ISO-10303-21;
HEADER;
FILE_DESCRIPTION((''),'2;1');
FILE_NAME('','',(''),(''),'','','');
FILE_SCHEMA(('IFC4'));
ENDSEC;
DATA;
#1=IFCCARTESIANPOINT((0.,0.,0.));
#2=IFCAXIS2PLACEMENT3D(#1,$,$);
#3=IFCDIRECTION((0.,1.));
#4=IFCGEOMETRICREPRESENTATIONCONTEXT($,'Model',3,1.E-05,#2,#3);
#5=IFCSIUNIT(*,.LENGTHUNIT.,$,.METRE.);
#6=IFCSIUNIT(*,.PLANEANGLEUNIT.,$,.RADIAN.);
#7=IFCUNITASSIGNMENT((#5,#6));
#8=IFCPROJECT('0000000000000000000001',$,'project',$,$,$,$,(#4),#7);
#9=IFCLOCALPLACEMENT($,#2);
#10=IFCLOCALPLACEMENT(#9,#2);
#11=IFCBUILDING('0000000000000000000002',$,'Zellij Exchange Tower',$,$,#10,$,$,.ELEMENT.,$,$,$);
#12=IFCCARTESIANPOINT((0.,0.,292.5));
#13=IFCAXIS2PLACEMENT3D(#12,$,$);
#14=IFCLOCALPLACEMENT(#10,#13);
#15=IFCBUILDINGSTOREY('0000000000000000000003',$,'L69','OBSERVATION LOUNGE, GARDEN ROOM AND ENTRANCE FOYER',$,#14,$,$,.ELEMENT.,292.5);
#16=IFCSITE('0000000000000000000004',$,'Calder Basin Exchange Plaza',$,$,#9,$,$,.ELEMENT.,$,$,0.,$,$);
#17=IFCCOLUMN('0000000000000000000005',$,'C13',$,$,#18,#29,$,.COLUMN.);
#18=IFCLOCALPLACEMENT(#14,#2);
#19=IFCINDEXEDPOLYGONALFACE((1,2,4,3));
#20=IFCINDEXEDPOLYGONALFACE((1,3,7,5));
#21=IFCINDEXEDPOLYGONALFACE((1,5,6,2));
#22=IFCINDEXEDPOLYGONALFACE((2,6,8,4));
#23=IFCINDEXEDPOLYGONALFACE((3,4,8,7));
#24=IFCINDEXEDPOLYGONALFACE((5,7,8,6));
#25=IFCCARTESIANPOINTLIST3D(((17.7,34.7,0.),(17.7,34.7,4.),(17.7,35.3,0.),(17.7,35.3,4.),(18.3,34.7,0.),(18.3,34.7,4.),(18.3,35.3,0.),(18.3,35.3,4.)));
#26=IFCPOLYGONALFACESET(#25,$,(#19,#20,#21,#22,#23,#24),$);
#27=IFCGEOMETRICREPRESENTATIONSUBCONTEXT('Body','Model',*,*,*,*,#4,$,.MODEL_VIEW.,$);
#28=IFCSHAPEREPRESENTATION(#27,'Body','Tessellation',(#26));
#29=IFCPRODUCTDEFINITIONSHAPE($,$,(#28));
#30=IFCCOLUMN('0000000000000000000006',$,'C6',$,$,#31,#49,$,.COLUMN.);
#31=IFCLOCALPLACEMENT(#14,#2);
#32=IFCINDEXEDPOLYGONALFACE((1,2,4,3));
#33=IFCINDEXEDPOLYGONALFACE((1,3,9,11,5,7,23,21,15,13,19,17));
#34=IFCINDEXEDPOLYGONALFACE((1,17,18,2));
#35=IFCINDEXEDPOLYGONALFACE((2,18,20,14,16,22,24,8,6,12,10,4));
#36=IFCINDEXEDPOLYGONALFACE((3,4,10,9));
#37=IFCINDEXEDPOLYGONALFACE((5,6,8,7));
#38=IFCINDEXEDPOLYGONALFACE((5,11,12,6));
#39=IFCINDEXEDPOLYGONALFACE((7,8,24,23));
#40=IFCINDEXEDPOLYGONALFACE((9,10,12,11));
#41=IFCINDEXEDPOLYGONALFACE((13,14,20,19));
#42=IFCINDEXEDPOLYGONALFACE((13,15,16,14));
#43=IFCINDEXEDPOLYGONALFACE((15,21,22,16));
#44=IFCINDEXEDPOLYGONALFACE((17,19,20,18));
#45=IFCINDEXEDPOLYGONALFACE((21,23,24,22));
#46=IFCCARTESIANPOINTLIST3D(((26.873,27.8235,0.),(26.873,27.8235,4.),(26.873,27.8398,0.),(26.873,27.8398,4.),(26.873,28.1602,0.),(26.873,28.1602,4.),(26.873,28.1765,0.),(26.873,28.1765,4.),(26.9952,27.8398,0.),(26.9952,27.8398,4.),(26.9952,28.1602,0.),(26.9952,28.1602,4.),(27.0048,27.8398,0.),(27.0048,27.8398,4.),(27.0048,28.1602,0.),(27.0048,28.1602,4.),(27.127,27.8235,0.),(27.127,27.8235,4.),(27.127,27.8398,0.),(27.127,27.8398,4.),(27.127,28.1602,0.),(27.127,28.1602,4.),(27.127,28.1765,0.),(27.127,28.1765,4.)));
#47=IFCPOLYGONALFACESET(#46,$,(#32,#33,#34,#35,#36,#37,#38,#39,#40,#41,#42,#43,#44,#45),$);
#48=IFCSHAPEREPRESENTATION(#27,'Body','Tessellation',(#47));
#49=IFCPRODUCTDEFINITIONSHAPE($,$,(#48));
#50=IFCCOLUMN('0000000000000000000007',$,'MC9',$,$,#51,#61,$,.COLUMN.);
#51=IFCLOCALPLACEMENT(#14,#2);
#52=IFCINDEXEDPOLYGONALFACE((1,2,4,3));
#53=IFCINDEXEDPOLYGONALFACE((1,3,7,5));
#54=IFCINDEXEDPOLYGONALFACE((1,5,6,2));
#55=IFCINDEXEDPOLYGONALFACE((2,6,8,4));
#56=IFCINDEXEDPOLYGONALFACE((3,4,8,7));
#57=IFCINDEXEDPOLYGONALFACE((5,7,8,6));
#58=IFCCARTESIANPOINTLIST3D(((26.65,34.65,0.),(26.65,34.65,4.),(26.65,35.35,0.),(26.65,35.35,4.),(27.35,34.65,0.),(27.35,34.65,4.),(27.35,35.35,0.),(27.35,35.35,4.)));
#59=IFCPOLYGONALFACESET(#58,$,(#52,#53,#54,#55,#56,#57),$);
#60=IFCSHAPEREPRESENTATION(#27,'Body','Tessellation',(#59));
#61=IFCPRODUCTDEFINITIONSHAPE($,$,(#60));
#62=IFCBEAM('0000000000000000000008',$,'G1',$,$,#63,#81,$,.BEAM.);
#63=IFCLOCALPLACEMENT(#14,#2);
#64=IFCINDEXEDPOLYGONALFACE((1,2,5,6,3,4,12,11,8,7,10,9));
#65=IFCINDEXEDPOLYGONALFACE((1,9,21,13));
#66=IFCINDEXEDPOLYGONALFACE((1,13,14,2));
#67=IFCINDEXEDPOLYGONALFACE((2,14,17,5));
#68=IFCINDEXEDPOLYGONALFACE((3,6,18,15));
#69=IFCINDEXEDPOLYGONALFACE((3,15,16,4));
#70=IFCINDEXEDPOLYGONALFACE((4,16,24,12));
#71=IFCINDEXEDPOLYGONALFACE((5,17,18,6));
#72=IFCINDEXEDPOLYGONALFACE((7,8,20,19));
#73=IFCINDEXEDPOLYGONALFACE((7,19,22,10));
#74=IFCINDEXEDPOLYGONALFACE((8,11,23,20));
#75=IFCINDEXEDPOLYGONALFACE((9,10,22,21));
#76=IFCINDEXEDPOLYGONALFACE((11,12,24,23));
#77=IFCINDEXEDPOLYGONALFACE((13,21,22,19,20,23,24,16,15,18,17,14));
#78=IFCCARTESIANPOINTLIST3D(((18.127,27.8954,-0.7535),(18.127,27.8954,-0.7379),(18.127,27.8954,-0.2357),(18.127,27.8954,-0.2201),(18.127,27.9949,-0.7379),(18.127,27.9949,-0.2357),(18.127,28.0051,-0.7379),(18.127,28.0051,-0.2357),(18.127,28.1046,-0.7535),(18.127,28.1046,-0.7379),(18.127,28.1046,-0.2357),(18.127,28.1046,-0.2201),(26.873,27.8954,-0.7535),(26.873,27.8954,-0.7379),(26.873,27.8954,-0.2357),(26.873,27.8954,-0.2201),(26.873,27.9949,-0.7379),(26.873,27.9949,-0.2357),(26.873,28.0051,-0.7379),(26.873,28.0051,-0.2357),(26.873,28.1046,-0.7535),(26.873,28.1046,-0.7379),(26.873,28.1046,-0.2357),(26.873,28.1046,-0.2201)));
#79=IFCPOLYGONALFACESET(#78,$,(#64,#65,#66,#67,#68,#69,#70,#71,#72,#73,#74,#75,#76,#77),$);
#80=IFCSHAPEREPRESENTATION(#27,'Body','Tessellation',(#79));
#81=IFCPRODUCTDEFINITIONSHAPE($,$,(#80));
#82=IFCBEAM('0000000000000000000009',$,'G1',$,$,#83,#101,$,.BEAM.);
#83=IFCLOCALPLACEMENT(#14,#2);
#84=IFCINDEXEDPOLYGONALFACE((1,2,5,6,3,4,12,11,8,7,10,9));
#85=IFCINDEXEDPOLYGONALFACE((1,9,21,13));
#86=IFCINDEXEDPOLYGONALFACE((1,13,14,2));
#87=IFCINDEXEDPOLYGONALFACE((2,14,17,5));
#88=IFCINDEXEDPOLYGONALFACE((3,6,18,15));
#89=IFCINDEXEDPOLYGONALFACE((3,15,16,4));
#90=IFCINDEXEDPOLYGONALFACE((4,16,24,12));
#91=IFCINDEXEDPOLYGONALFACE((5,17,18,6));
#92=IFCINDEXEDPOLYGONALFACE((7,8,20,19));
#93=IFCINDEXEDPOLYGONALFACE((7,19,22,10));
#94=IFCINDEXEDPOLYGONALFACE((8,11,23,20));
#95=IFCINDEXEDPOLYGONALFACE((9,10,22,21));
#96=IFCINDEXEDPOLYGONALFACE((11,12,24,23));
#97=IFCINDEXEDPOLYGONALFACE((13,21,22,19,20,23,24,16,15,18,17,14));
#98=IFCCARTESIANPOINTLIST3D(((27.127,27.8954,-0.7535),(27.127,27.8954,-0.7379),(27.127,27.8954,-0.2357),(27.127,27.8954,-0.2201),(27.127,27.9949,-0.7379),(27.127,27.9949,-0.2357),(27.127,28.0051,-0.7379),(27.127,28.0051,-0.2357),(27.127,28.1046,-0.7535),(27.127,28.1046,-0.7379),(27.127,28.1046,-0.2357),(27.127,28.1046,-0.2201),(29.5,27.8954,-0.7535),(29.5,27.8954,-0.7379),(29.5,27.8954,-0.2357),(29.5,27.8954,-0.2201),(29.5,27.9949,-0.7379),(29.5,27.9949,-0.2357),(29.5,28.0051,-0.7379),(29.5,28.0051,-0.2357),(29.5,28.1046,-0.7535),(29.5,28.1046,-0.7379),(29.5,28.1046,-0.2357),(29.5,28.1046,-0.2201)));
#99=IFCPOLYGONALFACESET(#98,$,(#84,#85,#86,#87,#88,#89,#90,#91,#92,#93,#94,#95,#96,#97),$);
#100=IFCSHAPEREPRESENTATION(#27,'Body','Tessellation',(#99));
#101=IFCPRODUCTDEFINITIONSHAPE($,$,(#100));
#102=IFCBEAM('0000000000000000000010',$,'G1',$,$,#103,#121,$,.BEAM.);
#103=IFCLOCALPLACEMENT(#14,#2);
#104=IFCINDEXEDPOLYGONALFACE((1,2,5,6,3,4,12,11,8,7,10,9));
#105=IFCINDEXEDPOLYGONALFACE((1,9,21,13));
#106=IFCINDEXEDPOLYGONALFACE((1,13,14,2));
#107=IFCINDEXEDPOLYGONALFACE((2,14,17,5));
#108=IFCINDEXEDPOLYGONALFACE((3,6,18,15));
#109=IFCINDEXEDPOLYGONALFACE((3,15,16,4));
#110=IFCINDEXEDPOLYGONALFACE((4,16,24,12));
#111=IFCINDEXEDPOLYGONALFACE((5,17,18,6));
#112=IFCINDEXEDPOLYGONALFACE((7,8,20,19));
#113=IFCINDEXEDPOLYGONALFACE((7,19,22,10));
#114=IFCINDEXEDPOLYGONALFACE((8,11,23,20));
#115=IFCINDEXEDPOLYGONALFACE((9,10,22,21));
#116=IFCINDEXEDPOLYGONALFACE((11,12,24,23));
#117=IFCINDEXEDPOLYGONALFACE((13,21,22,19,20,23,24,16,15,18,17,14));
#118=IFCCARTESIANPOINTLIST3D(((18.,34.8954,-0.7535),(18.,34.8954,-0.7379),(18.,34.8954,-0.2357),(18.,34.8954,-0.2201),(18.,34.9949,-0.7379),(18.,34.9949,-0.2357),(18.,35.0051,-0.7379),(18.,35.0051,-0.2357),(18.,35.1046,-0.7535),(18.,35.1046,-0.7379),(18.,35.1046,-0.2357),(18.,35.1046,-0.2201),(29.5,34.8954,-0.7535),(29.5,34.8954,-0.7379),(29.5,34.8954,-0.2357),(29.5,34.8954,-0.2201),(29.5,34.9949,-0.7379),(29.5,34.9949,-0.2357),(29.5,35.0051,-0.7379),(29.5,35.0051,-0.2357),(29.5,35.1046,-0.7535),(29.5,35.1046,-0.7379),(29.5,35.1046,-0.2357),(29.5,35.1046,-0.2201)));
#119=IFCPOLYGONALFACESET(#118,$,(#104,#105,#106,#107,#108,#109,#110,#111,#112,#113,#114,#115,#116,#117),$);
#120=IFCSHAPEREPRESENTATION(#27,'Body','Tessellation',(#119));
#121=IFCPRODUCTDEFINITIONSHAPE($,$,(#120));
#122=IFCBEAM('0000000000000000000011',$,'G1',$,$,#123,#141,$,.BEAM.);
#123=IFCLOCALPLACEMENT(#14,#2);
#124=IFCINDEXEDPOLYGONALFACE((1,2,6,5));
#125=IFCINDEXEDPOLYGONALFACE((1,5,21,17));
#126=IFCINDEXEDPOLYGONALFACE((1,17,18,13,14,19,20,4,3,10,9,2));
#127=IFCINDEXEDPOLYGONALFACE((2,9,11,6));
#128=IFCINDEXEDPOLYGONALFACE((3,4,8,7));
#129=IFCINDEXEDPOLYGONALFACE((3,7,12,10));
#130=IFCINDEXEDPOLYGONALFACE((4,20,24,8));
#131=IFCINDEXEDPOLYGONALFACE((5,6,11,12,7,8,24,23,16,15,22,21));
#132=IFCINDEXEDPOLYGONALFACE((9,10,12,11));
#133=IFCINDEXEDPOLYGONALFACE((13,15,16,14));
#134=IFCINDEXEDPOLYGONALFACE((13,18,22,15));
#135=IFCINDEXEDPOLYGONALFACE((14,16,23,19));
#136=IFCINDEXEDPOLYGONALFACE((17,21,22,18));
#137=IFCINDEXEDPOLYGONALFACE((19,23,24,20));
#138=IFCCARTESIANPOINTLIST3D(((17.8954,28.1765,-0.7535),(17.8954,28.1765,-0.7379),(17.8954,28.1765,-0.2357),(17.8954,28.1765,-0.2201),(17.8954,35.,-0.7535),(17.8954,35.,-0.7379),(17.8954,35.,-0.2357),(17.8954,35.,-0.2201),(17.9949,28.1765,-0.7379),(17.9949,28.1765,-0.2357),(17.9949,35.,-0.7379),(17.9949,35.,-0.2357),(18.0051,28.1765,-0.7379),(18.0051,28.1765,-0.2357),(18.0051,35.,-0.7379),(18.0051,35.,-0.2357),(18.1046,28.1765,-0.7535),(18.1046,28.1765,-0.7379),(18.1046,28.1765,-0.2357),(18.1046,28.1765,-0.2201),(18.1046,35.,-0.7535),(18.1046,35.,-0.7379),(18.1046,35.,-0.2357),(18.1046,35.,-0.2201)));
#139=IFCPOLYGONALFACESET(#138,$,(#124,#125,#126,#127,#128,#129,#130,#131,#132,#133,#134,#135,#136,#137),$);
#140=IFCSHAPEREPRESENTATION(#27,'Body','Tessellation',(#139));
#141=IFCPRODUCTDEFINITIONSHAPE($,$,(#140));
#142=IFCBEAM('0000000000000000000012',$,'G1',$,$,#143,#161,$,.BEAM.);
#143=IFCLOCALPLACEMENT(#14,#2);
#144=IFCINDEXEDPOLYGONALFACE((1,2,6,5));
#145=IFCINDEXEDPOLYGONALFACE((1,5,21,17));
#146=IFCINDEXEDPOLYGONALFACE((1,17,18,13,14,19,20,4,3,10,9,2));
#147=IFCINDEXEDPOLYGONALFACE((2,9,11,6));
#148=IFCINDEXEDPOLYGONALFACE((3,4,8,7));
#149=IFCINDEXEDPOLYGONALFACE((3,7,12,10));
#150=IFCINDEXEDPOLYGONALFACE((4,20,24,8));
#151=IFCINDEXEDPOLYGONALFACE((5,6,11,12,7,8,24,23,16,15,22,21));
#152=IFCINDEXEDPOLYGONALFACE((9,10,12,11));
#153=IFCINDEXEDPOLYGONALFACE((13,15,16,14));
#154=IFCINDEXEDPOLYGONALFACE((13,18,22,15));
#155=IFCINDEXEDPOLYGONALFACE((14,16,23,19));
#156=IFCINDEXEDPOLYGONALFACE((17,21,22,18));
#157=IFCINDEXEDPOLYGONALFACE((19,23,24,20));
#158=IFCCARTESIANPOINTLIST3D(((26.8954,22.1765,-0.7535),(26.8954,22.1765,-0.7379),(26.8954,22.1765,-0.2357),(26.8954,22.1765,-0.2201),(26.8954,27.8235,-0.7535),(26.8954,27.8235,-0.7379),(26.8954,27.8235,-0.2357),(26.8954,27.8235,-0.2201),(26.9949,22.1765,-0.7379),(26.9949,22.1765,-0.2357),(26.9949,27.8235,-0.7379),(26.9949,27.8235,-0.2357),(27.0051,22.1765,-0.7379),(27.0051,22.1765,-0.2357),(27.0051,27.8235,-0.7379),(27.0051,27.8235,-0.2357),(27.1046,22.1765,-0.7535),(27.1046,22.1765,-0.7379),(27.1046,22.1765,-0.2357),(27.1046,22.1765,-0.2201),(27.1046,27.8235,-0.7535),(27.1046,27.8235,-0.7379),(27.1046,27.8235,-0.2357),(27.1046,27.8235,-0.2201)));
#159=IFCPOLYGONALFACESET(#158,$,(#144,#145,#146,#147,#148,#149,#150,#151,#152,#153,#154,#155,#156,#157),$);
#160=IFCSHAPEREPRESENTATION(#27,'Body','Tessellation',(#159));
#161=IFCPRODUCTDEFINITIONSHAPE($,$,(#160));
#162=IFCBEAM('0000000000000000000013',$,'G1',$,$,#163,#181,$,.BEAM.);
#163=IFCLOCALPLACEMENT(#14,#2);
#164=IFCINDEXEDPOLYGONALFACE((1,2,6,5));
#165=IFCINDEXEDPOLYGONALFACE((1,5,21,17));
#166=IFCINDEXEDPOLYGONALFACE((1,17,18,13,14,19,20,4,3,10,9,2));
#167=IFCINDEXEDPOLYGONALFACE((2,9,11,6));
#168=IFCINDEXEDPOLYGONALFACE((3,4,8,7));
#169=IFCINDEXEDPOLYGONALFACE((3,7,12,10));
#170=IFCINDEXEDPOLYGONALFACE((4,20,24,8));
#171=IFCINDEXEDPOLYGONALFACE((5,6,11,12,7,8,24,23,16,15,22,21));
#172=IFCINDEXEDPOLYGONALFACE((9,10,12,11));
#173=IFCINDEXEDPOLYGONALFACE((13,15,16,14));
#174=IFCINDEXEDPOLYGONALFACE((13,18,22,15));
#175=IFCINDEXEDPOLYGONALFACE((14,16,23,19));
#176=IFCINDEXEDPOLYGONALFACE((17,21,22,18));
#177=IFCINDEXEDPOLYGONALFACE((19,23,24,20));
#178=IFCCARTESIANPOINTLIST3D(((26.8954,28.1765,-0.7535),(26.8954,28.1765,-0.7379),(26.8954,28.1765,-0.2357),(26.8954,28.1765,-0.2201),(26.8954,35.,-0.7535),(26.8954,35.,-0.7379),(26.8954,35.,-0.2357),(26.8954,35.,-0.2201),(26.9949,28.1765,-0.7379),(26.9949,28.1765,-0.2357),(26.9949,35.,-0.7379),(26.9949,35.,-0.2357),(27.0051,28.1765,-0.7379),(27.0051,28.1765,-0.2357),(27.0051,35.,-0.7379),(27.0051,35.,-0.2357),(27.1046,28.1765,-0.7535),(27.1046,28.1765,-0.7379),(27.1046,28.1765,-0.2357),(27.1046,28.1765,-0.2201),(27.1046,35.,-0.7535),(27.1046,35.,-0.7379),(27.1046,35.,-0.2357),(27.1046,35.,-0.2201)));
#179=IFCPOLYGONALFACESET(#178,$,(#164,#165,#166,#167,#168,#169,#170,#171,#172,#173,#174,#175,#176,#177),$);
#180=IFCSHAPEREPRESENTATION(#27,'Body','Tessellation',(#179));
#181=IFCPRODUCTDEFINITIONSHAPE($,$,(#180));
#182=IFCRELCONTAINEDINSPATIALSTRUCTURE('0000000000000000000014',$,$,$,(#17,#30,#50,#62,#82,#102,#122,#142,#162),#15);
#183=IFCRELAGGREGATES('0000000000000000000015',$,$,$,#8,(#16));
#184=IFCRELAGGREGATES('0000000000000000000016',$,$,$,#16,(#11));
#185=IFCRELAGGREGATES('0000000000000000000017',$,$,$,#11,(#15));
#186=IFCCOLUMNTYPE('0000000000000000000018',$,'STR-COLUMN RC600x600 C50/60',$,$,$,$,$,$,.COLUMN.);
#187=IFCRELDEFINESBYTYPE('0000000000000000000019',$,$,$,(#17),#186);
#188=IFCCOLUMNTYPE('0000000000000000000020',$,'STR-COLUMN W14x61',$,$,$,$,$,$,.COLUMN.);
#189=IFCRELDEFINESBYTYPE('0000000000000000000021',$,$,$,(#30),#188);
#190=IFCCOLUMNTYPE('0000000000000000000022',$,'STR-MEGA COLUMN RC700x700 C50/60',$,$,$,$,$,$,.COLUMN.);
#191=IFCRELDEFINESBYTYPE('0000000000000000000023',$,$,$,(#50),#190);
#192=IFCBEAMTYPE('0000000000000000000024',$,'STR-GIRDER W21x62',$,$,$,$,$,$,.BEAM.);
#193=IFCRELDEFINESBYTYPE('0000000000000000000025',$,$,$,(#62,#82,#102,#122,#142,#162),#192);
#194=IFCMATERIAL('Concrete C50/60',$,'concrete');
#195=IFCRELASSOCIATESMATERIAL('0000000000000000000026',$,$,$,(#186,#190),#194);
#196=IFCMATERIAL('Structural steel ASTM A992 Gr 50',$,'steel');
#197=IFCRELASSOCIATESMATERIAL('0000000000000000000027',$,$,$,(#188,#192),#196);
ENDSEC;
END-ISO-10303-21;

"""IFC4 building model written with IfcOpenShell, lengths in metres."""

from ifc_helpers import new_model, si_unit, direction, frame, origin, origin_2d, place, context, subcontext, project, spatial, rectangle, i_section, extrude, material, material_profile, profile_set, type_object, element, save


model = new_model("IFC4")

# Units and contexts
model_context = context("Model", 3, precision=1e-05, world=origin(), true_north=direction((0.0, 1.0)))
body_context = subcontext(model_context, "Body", "Model", "MODEL_VIEW")
ifc_project = project(units=[si_unit("LENGTHUNIT", "METRE"), si_unit("PLANEANGLEUNIT", "RADIAN")], contexts=[model_context])

# Site, building, storey
site_placement = place(None, origin())
site = spatial("IfcSite", under=ifc_project, at=site_placement, Name="Calder Basin Exchange Plaza", CompositionType="ELEMENT", RefElevation=0.0)
building_placement = place(site_placement, origin())
building = spatial("IfcBuilding", under=site, at=building_placement, Name="Zellij Exchange Tower", CompositionType="ELEMENT")
storey_placement = place(building_placement, frame((0.0, 0.0, 292.5)))
storey = spatial("IfcBuildingStorey", under=building, at=storey_placement, Name="L69", Description="OBSERVATION LOUNGE, GARDEN ROOM AND ENTRANCE FOYER", CompositionType="ELEMENT", Elevation=292.5)

# Columns
ifc_material_1 = material(Name="Concrete C50/60", Category="concrete")
ifc_material_profile_1 = material_profile(ifc_material_1, rectangle(XDim=0.6001, YDim=0.6001, at=origin_2d()), Name="STR-COLUMN RC600x600 C50/60")
ifc_profile_set_1 = profile_set([ifc_material_profile_1], Name="Concrete C50/60")
column_type_1 = type_object("IfcColumnType", Name="STR-COLUMN RC600x600 C50/60", PredefinedType="COLUMN", material=ifc_profile_set_1)
column_1_placement = place(storey_placement, frame((18.0, 35.0, 0.0), z_axis=(0.0, 0.0, 1.0), x_axis=(1.0, 0.0, 0.0)))
element("IfcColumn", 1, at=column_1_placement, inside=storey, type_object=column_type_1, Name="C13", PredefinedType="COLUMN", context=body_context, shape_type="SweptSolid", body=[
    extrude(rectangle(XDim=0.6001, YDim=0.6001, at=origin_2d()), origin(), (0.0, 0.0, 1.0), 4.0),
])
ifc_material_2 = material(Name="Structural steel ASTM A992 Gr 50", Category="steel")
ifc_material_profile_2 = material_profile(ifc_material_2, i_section(OverallWidth=0.2539, OverallDepth=0.353, WebThickness=0.0095, FlangeThickness=0.0164, at=origin_2d()), Name="W14x61")
ifc_profile_set_2 = profile_set([ifc_material_profile_2], Name="Structural steel ASTM A992 Gr 50")
column_type_2 = type_object("IfcColumnType", Name="STR-COLUMN W14x61", PredefinedType="COLUMN", material=ifc_profile_set_2)
column_2_placement = place(storey_placement, frame((27.0, 28.0, 0.0), z_axis=(0.0, 0.0, 1.0), x_axis=(1.0, 0.0, 0.0)))
element("IfcColumn", 2, at=column_2_placement, inside=storey, type_object=column_type_2, Name="C6", PredefinedType="COLUMN", context=body_context, shape_type="SweptSolid", body=[
    extrude(i_section(OverallWidth=0.2539, OverallDepth=0.353, WebThickness=0.0095, FlangeThickness=0.0164, at=origin_2d()), origin(), (0.0, 0.0, 1.0), 4.0),
])
ifc_material_profile_3 = material_profile(ifc_material_1, rectangle(XDim=0.7, YDim=0.7, at=origin_2d()), Name="STR-MEGA COLUMN RC700x700 C50/60")
ifc_profile_set_3 = profile_set([ifc_material_profile_3], Name="Concrete C50/60")
column_type_3 = type_object("IfcColumnType", Name="STR-MEGA COLUMN RC700x700 C50/60", PredefinedType="COLUMN", material=ifc_profile_set_3)
column_3_placement = place(storey_placement, frame((27.0, 35.0, 0.0), z_axis=(0.0, 0.0, 1.0), x_axis=(1.0, 0.0, 0.0)))
element("IfcColumn", 3, at=column_3_placement, inside=storey, type_object=column_type_3, Name="MC9", PredefinedType="COLUMN", context=body_context, shape_type="SweptSolid", body=[
    extrude(rectangle(XDim=0.7, YDim=0.7, at=origin_2d()), origin(), (0.0, 0.0, 1.0), 4.0),
])

# Beams
ifc_material_profile_4 = material_profile(ifc_material_2, i_section(OverallWidth=0.2092, OverallDepth=0.5334, WebThickness=0.0103, FlangeThickness=0.0156, at=origin_2d()), Name="W21x62")
ifc_profile_set_4 = profile_set([ifc_material_profile_4], Name="Structural steel ASTM A992 Gr 50")
beam_type = type_object("IfcBeamType", Name="STR-GIRDER W21x62", PredefinedType="BEAM", material=ifc_profile_set_4)
beam_1_placement = place(storey_placement, frame((18.127, 28.0, -0.4868), z_axis=(1.0, 0.0, 0.0), x_axis=(0.0, 1.0, 0.0)))
element("IfcBeam", 4, at=beam_1_placement, inside=storey, type_object=beam_type, Name="G1", PredefinedType="BEAM", context=body_context, shape_type="SweptSolid", body=[
    extrude(i_section(OverallWidth=0.2092, OverallDepth=0.5334, WebThickness=0.0103, FlangeThickness=0.0156, at=origin_2d()), origin(), (0.0, 0.0, 1.0), 8.7461),
])
beam_2_placement = place(storey_placement, frame((27.127, 28.0, -0.4868), z_axis=(1.0, 0.0, 0.0), x_axis=(0.0, 1.0, 0.0)))
element("IfcBeam", 5, at=beam_2_placement, inside=storey, type_object=beam_type, Name="G1", PredefinedType="BEAM", context=body_context, shape_type="SweptSolid", body=[
    extrude(i_section(OverallWidth=0.2092, OverallDepth=0.5334, WebThickness=0.0103, FlangeThickness=0.0156, at=origin_2d()), origin(), (0.0, 0.0, 1.0), 2.373),
])
beam_3_placement = place(storey_placement, frame((18.0, 35.0, -0.4868), z_axis=(1.0, 0.0, 0.0), x_axis=(0.0, 1.0, 0.0)))
element("IfcBeam", 6, at=beam_3_placement, inside=storey, type_object=beam_type, Name="G1", PredefinedType="BEAM", context=body_context, shape_type="SweptSolid", body=[
    extrude(i_section(OverallWidth=0.2092, OverallDepth=0.5334, WebThickness=0.0103, FlangeThickness=0.0156, at=origin_2d()), origin(), (0.0, 0.0, 1.0), 11.5),
])
beam_4_placement = place(storey_placement, frame((18.0, 28.1765, -0.4868), z_axis=(0.0, 1.0, 0.0), x_axis=(-1.0, 0.0, 0.0)))
element("IfcBeam", 7, at=beam_4_placement, inside=storey, type_object=beam_type, Name="G1", PredefinedType="BEAM", context=body_context, shape_type="SweptSolid", body=[
    extrude(i_section(OverallWidth=0.2092, OverallDepth=0.5334, WebThickness=0.0103, FlangeThickness=0.0156, at=origin_2d()), origin(), (0.0, 0.0, 1.0), 6.8235),
])
beam_5_placement = place(storey_placement, frame((27.0, 22.1765, -0.4868), z_axis=(0.0, 1.0, 0.0), x_axis=(-1.0, 0.0, 0.0)))
element("IfcBeam", 8, at=beam_5_placement, inside=storey, type_object=beam_type, Name="G1", PredefinedType="BEAM", context=body_context, shape_type="SweptSolid", body=[
    extrude(i_section(OverallWidth=0.2092, OverallDepth=0.5334, WebThickness=0.0103, FlangeThickness=0.0156, at=origin_2d()), origin(), (0.0, 0.0, 1.0), 5.647),
])
beam_6_placement = place(storey_placement, frame((27.0, 28.1765, -0.4868), z_axis=(0.0, 1.0, 0.0), x_axis=(-1.0, 0.0, 0.0)))
element("IfcBeam", 9, at=beam_6_placement, inside=storey, type_object=beam_type, Name="G1", PredefinedType="BEAM", context=body_context, shape_type="SweptSolid", body=[
    extrude(i_section(OverallWidth=0.2092, OverallDepth=0.5334, WebThickness=0.0103, FlangeThickness=0.0156, at=origin_2d()), origin(), (0.0, 0.0, 1.0), 6.8235),
])

save(model, "model.ifc")
